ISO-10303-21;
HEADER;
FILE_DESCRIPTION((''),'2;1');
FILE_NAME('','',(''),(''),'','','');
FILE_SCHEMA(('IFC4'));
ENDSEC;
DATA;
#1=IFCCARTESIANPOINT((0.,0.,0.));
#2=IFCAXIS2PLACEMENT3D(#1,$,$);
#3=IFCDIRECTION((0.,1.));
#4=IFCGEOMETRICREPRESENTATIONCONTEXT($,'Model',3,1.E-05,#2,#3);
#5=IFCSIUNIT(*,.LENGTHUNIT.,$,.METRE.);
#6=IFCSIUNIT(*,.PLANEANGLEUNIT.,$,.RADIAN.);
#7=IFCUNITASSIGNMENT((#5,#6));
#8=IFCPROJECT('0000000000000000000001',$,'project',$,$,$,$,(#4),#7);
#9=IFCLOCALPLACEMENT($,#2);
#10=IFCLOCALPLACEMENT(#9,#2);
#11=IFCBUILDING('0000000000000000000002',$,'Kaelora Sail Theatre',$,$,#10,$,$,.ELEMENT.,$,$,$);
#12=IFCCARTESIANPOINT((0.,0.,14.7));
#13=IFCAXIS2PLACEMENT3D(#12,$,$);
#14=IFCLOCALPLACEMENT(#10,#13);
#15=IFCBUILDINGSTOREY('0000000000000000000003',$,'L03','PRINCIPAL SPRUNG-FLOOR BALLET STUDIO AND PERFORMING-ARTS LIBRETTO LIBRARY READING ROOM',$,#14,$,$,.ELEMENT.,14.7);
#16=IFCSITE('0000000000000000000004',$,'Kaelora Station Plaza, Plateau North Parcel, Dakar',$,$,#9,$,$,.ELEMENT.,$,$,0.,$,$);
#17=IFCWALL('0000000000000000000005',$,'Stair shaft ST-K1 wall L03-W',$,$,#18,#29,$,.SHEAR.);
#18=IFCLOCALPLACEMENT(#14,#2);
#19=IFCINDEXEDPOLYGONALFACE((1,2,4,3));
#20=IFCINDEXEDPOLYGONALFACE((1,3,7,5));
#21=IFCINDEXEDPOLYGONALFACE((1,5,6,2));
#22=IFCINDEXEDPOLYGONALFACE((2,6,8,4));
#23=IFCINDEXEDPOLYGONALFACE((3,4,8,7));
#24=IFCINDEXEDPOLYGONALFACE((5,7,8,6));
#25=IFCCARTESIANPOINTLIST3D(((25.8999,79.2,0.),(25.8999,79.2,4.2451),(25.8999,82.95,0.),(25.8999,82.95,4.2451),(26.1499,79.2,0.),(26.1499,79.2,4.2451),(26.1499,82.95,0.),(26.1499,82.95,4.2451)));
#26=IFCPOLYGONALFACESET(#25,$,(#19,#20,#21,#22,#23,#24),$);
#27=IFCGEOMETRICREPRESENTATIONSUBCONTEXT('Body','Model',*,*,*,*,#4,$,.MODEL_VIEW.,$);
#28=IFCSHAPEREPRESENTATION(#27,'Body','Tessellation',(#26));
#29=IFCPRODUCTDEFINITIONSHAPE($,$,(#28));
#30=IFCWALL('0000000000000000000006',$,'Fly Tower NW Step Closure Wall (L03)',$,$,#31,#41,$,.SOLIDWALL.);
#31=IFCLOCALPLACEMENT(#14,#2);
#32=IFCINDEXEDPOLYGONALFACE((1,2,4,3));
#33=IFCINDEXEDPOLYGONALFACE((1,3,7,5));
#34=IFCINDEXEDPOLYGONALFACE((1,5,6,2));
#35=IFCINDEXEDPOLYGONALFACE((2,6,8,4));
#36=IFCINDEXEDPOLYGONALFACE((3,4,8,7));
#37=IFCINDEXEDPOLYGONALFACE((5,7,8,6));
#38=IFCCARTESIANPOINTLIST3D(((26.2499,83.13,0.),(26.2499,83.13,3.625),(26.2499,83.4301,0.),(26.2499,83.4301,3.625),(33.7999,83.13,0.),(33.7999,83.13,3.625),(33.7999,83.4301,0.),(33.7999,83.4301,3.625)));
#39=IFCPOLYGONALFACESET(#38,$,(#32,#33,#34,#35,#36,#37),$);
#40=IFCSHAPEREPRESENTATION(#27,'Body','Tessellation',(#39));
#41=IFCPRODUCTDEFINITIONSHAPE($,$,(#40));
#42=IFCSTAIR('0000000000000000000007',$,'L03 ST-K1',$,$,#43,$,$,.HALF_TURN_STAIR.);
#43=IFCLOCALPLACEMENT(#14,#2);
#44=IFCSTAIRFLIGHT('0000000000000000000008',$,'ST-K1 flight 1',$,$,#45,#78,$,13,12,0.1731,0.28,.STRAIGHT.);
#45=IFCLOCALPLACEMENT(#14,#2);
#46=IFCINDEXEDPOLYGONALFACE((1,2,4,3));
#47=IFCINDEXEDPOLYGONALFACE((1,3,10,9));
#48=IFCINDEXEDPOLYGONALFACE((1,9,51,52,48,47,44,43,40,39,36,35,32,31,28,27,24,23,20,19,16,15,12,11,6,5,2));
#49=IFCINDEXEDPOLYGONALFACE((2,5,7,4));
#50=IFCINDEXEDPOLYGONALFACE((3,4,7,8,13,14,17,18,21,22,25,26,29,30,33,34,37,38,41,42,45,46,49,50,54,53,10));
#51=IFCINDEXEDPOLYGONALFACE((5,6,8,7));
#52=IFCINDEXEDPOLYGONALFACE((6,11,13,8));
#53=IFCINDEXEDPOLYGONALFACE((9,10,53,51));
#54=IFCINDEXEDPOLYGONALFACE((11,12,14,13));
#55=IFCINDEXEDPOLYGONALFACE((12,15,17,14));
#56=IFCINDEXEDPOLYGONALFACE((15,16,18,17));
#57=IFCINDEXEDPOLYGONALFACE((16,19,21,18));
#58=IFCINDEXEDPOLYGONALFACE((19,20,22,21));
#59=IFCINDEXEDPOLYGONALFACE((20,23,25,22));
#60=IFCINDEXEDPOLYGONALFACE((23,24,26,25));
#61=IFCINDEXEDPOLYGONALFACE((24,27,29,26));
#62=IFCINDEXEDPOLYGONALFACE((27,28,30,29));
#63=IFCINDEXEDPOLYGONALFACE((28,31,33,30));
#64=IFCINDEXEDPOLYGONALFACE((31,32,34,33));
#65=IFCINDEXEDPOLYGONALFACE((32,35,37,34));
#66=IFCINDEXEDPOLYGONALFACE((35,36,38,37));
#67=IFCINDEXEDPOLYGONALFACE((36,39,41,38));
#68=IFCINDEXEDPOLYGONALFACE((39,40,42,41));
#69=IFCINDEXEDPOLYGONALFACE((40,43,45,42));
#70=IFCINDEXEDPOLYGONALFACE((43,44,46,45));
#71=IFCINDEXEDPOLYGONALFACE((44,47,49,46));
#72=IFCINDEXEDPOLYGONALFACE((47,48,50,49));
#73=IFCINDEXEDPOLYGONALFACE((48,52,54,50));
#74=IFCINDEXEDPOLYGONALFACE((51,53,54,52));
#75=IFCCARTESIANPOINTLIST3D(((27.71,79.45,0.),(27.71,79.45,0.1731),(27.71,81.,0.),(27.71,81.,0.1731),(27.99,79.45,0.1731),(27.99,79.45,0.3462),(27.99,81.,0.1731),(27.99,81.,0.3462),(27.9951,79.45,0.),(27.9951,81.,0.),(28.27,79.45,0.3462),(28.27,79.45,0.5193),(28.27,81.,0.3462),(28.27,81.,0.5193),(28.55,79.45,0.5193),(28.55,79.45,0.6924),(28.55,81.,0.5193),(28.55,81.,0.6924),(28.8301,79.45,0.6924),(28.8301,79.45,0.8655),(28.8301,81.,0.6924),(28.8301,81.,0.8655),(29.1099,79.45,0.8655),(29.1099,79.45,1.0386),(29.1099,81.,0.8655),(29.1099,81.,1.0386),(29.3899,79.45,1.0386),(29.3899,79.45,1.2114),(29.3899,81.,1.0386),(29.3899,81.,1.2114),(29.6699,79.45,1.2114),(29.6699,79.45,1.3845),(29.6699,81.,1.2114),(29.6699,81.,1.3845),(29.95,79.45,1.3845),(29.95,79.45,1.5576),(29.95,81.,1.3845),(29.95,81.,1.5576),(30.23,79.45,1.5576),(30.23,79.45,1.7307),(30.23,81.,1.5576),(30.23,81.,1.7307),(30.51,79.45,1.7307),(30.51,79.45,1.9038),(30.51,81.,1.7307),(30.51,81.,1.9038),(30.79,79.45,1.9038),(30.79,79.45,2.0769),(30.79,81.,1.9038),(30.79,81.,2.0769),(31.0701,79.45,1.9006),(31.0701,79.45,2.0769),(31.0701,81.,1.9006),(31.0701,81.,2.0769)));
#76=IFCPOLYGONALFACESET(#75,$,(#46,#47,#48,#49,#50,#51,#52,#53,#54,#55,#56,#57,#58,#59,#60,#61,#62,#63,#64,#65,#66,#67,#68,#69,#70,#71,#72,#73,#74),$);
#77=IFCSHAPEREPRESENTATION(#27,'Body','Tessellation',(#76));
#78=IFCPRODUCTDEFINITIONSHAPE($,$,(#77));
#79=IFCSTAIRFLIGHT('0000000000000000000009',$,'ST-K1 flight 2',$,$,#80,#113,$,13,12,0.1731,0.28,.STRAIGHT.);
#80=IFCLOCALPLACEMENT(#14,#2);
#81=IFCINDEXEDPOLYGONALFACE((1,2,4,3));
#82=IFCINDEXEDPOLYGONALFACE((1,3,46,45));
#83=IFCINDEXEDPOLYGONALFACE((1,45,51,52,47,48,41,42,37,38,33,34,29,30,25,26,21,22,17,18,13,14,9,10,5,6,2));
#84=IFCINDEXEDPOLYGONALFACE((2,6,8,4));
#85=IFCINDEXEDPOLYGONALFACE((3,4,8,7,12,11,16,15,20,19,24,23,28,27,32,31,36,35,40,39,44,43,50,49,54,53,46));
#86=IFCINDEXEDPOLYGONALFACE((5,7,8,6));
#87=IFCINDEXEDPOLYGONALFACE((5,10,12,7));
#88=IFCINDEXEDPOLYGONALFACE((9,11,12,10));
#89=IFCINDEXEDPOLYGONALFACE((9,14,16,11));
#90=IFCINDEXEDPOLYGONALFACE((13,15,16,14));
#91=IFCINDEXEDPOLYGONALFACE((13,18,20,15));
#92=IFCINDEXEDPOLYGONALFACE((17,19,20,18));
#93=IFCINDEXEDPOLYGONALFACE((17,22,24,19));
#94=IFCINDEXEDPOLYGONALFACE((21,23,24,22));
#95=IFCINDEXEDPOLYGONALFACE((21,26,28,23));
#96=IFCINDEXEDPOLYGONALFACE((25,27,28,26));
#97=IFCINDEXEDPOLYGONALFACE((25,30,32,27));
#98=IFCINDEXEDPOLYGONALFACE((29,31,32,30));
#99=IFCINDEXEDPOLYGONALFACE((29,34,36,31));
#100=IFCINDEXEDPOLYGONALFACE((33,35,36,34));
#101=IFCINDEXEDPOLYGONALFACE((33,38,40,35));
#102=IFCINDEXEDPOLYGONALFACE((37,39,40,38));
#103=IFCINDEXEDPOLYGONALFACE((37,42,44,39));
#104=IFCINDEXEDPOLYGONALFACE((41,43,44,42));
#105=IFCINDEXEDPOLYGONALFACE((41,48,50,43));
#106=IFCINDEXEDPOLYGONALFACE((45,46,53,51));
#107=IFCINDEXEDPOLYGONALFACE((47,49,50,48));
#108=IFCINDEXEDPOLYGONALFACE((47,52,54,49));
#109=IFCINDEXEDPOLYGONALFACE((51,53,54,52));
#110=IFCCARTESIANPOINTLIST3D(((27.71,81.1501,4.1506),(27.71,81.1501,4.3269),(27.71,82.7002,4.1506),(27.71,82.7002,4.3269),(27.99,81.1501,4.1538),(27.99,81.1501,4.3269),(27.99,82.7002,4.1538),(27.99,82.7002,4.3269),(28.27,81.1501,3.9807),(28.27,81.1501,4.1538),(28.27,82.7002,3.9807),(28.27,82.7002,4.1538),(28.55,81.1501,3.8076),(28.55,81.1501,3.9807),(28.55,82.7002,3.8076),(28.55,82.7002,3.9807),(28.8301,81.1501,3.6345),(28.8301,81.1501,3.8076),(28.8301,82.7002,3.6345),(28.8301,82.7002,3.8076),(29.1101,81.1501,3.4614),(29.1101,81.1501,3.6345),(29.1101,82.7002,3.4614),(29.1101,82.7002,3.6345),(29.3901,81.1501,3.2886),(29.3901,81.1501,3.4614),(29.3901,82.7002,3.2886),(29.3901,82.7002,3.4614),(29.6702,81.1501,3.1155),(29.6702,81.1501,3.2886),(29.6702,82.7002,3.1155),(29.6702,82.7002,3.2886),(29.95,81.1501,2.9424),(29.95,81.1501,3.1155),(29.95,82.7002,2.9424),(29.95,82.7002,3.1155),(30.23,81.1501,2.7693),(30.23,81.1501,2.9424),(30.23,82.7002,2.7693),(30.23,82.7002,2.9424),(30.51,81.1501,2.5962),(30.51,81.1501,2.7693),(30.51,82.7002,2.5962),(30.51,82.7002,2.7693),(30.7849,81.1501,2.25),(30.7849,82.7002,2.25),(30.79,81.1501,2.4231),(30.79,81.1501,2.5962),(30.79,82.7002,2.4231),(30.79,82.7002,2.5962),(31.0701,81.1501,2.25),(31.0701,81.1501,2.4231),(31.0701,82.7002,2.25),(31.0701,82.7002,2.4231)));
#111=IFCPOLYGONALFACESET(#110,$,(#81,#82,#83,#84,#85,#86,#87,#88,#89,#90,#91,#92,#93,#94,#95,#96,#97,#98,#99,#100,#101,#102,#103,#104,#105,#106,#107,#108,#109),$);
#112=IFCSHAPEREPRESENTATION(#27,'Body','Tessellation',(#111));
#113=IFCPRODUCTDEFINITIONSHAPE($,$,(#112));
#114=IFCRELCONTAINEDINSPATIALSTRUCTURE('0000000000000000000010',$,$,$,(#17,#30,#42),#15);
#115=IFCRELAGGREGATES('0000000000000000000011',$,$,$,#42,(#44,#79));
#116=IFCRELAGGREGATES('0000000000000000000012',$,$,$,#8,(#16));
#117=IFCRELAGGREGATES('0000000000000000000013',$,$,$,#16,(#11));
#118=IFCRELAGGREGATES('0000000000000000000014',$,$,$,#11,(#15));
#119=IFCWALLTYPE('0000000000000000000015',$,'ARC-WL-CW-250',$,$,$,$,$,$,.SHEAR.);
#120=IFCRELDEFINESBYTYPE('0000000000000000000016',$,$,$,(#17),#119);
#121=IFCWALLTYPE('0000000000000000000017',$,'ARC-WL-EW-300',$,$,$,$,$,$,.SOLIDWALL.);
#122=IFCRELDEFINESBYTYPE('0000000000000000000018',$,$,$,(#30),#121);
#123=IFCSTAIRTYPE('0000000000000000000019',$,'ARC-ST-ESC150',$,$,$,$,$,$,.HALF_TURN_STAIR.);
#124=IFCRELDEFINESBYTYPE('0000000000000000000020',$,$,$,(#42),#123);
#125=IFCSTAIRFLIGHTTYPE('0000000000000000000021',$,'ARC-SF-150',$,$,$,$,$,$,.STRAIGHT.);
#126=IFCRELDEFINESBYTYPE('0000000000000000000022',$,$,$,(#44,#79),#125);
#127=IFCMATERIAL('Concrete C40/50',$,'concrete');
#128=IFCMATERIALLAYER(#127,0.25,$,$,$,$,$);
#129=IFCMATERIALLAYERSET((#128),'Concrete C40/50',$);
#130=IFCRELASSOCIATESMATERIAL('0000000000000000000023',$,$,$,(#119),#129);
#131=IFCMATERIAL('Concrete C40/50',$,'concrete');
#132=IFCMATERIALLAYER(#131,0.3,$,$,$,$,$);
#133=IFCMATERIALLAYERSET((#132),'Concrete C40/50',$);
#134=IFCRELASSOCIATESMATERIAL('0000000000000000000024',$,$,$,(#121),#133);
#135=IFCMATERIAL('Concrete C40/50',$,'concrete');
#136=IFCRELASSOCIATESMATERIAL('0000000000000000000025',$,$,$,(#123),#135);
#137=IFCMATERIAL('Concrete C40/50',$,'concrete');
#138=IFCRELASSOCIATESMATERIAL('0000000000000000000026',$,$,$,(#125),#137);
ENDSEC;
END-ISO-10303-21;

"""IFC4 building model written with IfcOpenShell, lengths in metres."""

from ifc_helpers import new_model, si_unit, direction, frame, frame_2d, origin, place, context, subcontext, project, spatial, polyline, rectangle, outline, extrude, material, layer, layer_set, type_object, element, aggregate, save


model = new_model("IFC4")

# Units and contexts
model_context = context("Model", 3, precision=1e-05, world=origin(), true_north=direction((0.0, 1.0)))
body_context = subcontext(model_context, "Body", "Model", "MODEL_VIEW")
ifc_project = project(units=[si_unit("LENGTHUNIT", "METRE"), si_unit("PLANEANGLEUNIT", "RADIAN")], contexts=[model_context])

# Site, building, storey
site_placement = place(None, origin())
site = spatial("IfcSite", under=ifc_project, at=site_placement, Name="Kaelora Station Plaza, Plateau North Parcel, Dakar", CompositionType="ELEMENT", RefElevation=0.0)
building_placement = place(site_placement, origin())
building = spatial("IfcBuilding", under=site, at=building_placement, Name="Kaelora Sail Theatre", CompositionType="ELEMENT")
storey_placement = place(building_placement, frame((0.0, 0.0, 14.7)))
storey = spatial("IfcBuildingStorey", under=building, at=storey_placement, Name="L03", Description="PRINCIPAL SPRUNG-FLOOR BALLET STUDIO AND PERFORMING-ARTS LIBRETTO LIBRARY READING ROOM", CompositionType="ELEMENT", Elevation=14.7)

# Shared definitions
ifc_material_1 = material(Name="Concrete C40/50", Category="concrete")
ifc_layer_1 = layer(ifc_material_1, 0.25)
ifc_layer_set_1 = layer_set([ifc_layer_1], Name="Concrete C40/50")
wall_type_1 = type_object("IfcWallType", Name="ARC-WL-CW-250", PredefinedType="SHEAR", material=ifc_layer_set_1)

# Walls
wall_1_placement = place(storey_placement, frame((26.0249, 79.2, 0.0), z_axis=(0.0, 0.0, 1.0), x_axis=(0.0, 1.0, 0.0)))
element("IfcWall", 1, at=wall_1_placement, inside=storey, type_object=wall_type_1, Name="Stair shaft ST-K1 wall L03-W", PredefinedType="SHEAR", context=body_context, shape_type="SweptSolid", body=[
    extrude(rectangle(XDim=3.75, YDim=0.25, at=frame_2d((1.875, 0.0))), origin(), (0.0, 0.0, 1.0), 4.2451),
])
ifc_material_2 = material(Name="Concrete C40/50", Category="concrete")
ifc_layer_2 = layer(ifc_material_2, 0.3)
ifc_layer_set_2 = layer_set([ifc_layer_2], Name="Concrete C40/50")
wall_type_2 = type_object("IfcWallType", Name="ARC-WL-EW-300", PredefinedType="SOLIDWALL", material=ifc_layer_set_2)
wall_2_placement = place(storey_placement, frame((26.25, 83.28, 0.0), z_axis=(0.0, 0.0, 1.0), x_axis=(1.0, 0.0, 0.0)))
element("IfcWall", 2, at=wall_2_placement, inside=storey, type_object=wall_type_2, Name="Fly Tower NW Step Closure Wall (L03)", PredefinedType="SOLIDWALL", context=body_context, shape_type="SweptSolid", body=[
    extrude(rectangle(XDim=7.55, YDim=0.3, at=frame_2d((3.7749, 0.0))), origin(), (0.0, 0.0, 1.0), 3.625),
])

# Stair, stair flights
ifc_material_3 = material(Name="Concrete C40/50", Category="concrete")
stair_type = type_object("IfcStairType", Name="ARC-ST-ESC150", PredefinedType="HALF_TURN_STAIR", material=ifc_material_3)
stair_placement = place(storey_placement, origin())
stair = element("IfcStair", 3, at=stair_placement, inside=storey, type_object=stair_type, Name="L03 ST-K1", PredefinedType="HALF_TURN_STAIR")
ifc_material_4 = material(Name="Concrete C40/50", Category="concrete")
stair_flight_type = type_object("IfcStairFlightType", Name="ARC-SF-150", PredefinedType="STRAIGHT", material=ifc_material_4)
stair_flight_1_placement = place(storey_placement, frame((27.71, 80.2251, 0.0), z_axis=(0.0, 0.0, 1.0), x_axis=(1.0, 0.0, 0.0)))
stair_flight_1 = element("IfcStairFlight", 4, at=stair_flight_1_placement, type_object=stair_flight_type, Name="ST-K1 flight 1", NumberOfRisers=13, NumberOfTreads=12, PredefinedType="STRAIGHT", RiserHeight=0.1731, TreadLength=0.28, context=body_context, shape_type="SweptSolid", body=[
    extrude(outline(polyline([(0.0, 0.0), (0.0, 0.1731), (0.28, 0.1731), (0.28, 0.3462), (0.5601, 0.3462), (0.5601, 0.5193), (0.8401, 0.5193), (0.8401, 0.6924), (1.1201, 0.6924), (1.1201, 0.8655), (1.3999, 0.8655), (1.3999, 1.0386), (1.6799, 1.0386), (1.6799, 1.2114), (1.96, 1.2114), (1.96, 1.3845), (2.24, 1.3845), (2.24, 1.5576), (2.52, 1.5576), (2.52, 1.7307), (2.8, 1.7307), (2.8, 1.9038), (3.0801, 1.9038), (3.0801, 2.0769), (3.3601, 2.0769), (3.3601, 2.25), (3.3601, 1.9006), (0.2852, 0.0), (0.0, 0.0)])), frame((0.0, 0.7749, 0.0), z_axis=(0.0, -1.0, 0.0), x_axis=(1.0, 0.0, 0.0)), (0.0, 0.0, 1.0), 1.55),
])
stair_flight_2_placement = place(storey_placement, frame((31.0701, 81.925, 2.25), z_axis=(0.0, 0.0, 1.0), x_axis=(-1.0, 0.0, 0.0)))
stair_flight_2 = element("IfcStairFlight", 5, at=stair_flight_2_placement, type_object=stair_flight_type, Name="ST-K1 flight 2", NumberOfRisers=13, NumberOfTreads=12, PredefinedType="STRAIGHT", RiserHeight=0.1731, TreadLength=0.28, context=body_context, shape_type="SweptSolid", body=[
    extrude(outline(polyline([(0.0, 0.0), (0.0, 0.1731), (0.28, 0.1731), (0.28, 0.3462), (0.5601, 0.3462), (0.5601, 0.5193), (0.8401, 0.5193), (0.8401, 0.6924), (1.1201, 0.6924), (1.1201, 0.8655), (1.3999, 0.8655), (1.3999, 1.0386), (1.6799, 1.0386), (1.6799, 1.2114), (1.96, 1.2114), (1.96, 1.3845), (2.24, 1.3845), (2.24, 1.5576), (2.52, 1.5576), (2.52, 1.7307), (2.8, 1.7307), (2.8, 1.9038), (3.0801, 1.9038), (3.0801, 2.0769), (3.3601, 2.0769), (3.3601, 2.25), (3.3601, 1.9006), (0.2852, 0.0), (0.0, 0.0)])), frame((0.0, 0.7749, 0.0), z_axis=(0.0, -1.0, 0.0), x_axis=(1.0, 0.0, 0.0)), (0.0, 0.0, 1.0), 1.55),
])
aggregate(stair, [stair_flight_1, stair_flight_2])

save(model, "model.ifc")
